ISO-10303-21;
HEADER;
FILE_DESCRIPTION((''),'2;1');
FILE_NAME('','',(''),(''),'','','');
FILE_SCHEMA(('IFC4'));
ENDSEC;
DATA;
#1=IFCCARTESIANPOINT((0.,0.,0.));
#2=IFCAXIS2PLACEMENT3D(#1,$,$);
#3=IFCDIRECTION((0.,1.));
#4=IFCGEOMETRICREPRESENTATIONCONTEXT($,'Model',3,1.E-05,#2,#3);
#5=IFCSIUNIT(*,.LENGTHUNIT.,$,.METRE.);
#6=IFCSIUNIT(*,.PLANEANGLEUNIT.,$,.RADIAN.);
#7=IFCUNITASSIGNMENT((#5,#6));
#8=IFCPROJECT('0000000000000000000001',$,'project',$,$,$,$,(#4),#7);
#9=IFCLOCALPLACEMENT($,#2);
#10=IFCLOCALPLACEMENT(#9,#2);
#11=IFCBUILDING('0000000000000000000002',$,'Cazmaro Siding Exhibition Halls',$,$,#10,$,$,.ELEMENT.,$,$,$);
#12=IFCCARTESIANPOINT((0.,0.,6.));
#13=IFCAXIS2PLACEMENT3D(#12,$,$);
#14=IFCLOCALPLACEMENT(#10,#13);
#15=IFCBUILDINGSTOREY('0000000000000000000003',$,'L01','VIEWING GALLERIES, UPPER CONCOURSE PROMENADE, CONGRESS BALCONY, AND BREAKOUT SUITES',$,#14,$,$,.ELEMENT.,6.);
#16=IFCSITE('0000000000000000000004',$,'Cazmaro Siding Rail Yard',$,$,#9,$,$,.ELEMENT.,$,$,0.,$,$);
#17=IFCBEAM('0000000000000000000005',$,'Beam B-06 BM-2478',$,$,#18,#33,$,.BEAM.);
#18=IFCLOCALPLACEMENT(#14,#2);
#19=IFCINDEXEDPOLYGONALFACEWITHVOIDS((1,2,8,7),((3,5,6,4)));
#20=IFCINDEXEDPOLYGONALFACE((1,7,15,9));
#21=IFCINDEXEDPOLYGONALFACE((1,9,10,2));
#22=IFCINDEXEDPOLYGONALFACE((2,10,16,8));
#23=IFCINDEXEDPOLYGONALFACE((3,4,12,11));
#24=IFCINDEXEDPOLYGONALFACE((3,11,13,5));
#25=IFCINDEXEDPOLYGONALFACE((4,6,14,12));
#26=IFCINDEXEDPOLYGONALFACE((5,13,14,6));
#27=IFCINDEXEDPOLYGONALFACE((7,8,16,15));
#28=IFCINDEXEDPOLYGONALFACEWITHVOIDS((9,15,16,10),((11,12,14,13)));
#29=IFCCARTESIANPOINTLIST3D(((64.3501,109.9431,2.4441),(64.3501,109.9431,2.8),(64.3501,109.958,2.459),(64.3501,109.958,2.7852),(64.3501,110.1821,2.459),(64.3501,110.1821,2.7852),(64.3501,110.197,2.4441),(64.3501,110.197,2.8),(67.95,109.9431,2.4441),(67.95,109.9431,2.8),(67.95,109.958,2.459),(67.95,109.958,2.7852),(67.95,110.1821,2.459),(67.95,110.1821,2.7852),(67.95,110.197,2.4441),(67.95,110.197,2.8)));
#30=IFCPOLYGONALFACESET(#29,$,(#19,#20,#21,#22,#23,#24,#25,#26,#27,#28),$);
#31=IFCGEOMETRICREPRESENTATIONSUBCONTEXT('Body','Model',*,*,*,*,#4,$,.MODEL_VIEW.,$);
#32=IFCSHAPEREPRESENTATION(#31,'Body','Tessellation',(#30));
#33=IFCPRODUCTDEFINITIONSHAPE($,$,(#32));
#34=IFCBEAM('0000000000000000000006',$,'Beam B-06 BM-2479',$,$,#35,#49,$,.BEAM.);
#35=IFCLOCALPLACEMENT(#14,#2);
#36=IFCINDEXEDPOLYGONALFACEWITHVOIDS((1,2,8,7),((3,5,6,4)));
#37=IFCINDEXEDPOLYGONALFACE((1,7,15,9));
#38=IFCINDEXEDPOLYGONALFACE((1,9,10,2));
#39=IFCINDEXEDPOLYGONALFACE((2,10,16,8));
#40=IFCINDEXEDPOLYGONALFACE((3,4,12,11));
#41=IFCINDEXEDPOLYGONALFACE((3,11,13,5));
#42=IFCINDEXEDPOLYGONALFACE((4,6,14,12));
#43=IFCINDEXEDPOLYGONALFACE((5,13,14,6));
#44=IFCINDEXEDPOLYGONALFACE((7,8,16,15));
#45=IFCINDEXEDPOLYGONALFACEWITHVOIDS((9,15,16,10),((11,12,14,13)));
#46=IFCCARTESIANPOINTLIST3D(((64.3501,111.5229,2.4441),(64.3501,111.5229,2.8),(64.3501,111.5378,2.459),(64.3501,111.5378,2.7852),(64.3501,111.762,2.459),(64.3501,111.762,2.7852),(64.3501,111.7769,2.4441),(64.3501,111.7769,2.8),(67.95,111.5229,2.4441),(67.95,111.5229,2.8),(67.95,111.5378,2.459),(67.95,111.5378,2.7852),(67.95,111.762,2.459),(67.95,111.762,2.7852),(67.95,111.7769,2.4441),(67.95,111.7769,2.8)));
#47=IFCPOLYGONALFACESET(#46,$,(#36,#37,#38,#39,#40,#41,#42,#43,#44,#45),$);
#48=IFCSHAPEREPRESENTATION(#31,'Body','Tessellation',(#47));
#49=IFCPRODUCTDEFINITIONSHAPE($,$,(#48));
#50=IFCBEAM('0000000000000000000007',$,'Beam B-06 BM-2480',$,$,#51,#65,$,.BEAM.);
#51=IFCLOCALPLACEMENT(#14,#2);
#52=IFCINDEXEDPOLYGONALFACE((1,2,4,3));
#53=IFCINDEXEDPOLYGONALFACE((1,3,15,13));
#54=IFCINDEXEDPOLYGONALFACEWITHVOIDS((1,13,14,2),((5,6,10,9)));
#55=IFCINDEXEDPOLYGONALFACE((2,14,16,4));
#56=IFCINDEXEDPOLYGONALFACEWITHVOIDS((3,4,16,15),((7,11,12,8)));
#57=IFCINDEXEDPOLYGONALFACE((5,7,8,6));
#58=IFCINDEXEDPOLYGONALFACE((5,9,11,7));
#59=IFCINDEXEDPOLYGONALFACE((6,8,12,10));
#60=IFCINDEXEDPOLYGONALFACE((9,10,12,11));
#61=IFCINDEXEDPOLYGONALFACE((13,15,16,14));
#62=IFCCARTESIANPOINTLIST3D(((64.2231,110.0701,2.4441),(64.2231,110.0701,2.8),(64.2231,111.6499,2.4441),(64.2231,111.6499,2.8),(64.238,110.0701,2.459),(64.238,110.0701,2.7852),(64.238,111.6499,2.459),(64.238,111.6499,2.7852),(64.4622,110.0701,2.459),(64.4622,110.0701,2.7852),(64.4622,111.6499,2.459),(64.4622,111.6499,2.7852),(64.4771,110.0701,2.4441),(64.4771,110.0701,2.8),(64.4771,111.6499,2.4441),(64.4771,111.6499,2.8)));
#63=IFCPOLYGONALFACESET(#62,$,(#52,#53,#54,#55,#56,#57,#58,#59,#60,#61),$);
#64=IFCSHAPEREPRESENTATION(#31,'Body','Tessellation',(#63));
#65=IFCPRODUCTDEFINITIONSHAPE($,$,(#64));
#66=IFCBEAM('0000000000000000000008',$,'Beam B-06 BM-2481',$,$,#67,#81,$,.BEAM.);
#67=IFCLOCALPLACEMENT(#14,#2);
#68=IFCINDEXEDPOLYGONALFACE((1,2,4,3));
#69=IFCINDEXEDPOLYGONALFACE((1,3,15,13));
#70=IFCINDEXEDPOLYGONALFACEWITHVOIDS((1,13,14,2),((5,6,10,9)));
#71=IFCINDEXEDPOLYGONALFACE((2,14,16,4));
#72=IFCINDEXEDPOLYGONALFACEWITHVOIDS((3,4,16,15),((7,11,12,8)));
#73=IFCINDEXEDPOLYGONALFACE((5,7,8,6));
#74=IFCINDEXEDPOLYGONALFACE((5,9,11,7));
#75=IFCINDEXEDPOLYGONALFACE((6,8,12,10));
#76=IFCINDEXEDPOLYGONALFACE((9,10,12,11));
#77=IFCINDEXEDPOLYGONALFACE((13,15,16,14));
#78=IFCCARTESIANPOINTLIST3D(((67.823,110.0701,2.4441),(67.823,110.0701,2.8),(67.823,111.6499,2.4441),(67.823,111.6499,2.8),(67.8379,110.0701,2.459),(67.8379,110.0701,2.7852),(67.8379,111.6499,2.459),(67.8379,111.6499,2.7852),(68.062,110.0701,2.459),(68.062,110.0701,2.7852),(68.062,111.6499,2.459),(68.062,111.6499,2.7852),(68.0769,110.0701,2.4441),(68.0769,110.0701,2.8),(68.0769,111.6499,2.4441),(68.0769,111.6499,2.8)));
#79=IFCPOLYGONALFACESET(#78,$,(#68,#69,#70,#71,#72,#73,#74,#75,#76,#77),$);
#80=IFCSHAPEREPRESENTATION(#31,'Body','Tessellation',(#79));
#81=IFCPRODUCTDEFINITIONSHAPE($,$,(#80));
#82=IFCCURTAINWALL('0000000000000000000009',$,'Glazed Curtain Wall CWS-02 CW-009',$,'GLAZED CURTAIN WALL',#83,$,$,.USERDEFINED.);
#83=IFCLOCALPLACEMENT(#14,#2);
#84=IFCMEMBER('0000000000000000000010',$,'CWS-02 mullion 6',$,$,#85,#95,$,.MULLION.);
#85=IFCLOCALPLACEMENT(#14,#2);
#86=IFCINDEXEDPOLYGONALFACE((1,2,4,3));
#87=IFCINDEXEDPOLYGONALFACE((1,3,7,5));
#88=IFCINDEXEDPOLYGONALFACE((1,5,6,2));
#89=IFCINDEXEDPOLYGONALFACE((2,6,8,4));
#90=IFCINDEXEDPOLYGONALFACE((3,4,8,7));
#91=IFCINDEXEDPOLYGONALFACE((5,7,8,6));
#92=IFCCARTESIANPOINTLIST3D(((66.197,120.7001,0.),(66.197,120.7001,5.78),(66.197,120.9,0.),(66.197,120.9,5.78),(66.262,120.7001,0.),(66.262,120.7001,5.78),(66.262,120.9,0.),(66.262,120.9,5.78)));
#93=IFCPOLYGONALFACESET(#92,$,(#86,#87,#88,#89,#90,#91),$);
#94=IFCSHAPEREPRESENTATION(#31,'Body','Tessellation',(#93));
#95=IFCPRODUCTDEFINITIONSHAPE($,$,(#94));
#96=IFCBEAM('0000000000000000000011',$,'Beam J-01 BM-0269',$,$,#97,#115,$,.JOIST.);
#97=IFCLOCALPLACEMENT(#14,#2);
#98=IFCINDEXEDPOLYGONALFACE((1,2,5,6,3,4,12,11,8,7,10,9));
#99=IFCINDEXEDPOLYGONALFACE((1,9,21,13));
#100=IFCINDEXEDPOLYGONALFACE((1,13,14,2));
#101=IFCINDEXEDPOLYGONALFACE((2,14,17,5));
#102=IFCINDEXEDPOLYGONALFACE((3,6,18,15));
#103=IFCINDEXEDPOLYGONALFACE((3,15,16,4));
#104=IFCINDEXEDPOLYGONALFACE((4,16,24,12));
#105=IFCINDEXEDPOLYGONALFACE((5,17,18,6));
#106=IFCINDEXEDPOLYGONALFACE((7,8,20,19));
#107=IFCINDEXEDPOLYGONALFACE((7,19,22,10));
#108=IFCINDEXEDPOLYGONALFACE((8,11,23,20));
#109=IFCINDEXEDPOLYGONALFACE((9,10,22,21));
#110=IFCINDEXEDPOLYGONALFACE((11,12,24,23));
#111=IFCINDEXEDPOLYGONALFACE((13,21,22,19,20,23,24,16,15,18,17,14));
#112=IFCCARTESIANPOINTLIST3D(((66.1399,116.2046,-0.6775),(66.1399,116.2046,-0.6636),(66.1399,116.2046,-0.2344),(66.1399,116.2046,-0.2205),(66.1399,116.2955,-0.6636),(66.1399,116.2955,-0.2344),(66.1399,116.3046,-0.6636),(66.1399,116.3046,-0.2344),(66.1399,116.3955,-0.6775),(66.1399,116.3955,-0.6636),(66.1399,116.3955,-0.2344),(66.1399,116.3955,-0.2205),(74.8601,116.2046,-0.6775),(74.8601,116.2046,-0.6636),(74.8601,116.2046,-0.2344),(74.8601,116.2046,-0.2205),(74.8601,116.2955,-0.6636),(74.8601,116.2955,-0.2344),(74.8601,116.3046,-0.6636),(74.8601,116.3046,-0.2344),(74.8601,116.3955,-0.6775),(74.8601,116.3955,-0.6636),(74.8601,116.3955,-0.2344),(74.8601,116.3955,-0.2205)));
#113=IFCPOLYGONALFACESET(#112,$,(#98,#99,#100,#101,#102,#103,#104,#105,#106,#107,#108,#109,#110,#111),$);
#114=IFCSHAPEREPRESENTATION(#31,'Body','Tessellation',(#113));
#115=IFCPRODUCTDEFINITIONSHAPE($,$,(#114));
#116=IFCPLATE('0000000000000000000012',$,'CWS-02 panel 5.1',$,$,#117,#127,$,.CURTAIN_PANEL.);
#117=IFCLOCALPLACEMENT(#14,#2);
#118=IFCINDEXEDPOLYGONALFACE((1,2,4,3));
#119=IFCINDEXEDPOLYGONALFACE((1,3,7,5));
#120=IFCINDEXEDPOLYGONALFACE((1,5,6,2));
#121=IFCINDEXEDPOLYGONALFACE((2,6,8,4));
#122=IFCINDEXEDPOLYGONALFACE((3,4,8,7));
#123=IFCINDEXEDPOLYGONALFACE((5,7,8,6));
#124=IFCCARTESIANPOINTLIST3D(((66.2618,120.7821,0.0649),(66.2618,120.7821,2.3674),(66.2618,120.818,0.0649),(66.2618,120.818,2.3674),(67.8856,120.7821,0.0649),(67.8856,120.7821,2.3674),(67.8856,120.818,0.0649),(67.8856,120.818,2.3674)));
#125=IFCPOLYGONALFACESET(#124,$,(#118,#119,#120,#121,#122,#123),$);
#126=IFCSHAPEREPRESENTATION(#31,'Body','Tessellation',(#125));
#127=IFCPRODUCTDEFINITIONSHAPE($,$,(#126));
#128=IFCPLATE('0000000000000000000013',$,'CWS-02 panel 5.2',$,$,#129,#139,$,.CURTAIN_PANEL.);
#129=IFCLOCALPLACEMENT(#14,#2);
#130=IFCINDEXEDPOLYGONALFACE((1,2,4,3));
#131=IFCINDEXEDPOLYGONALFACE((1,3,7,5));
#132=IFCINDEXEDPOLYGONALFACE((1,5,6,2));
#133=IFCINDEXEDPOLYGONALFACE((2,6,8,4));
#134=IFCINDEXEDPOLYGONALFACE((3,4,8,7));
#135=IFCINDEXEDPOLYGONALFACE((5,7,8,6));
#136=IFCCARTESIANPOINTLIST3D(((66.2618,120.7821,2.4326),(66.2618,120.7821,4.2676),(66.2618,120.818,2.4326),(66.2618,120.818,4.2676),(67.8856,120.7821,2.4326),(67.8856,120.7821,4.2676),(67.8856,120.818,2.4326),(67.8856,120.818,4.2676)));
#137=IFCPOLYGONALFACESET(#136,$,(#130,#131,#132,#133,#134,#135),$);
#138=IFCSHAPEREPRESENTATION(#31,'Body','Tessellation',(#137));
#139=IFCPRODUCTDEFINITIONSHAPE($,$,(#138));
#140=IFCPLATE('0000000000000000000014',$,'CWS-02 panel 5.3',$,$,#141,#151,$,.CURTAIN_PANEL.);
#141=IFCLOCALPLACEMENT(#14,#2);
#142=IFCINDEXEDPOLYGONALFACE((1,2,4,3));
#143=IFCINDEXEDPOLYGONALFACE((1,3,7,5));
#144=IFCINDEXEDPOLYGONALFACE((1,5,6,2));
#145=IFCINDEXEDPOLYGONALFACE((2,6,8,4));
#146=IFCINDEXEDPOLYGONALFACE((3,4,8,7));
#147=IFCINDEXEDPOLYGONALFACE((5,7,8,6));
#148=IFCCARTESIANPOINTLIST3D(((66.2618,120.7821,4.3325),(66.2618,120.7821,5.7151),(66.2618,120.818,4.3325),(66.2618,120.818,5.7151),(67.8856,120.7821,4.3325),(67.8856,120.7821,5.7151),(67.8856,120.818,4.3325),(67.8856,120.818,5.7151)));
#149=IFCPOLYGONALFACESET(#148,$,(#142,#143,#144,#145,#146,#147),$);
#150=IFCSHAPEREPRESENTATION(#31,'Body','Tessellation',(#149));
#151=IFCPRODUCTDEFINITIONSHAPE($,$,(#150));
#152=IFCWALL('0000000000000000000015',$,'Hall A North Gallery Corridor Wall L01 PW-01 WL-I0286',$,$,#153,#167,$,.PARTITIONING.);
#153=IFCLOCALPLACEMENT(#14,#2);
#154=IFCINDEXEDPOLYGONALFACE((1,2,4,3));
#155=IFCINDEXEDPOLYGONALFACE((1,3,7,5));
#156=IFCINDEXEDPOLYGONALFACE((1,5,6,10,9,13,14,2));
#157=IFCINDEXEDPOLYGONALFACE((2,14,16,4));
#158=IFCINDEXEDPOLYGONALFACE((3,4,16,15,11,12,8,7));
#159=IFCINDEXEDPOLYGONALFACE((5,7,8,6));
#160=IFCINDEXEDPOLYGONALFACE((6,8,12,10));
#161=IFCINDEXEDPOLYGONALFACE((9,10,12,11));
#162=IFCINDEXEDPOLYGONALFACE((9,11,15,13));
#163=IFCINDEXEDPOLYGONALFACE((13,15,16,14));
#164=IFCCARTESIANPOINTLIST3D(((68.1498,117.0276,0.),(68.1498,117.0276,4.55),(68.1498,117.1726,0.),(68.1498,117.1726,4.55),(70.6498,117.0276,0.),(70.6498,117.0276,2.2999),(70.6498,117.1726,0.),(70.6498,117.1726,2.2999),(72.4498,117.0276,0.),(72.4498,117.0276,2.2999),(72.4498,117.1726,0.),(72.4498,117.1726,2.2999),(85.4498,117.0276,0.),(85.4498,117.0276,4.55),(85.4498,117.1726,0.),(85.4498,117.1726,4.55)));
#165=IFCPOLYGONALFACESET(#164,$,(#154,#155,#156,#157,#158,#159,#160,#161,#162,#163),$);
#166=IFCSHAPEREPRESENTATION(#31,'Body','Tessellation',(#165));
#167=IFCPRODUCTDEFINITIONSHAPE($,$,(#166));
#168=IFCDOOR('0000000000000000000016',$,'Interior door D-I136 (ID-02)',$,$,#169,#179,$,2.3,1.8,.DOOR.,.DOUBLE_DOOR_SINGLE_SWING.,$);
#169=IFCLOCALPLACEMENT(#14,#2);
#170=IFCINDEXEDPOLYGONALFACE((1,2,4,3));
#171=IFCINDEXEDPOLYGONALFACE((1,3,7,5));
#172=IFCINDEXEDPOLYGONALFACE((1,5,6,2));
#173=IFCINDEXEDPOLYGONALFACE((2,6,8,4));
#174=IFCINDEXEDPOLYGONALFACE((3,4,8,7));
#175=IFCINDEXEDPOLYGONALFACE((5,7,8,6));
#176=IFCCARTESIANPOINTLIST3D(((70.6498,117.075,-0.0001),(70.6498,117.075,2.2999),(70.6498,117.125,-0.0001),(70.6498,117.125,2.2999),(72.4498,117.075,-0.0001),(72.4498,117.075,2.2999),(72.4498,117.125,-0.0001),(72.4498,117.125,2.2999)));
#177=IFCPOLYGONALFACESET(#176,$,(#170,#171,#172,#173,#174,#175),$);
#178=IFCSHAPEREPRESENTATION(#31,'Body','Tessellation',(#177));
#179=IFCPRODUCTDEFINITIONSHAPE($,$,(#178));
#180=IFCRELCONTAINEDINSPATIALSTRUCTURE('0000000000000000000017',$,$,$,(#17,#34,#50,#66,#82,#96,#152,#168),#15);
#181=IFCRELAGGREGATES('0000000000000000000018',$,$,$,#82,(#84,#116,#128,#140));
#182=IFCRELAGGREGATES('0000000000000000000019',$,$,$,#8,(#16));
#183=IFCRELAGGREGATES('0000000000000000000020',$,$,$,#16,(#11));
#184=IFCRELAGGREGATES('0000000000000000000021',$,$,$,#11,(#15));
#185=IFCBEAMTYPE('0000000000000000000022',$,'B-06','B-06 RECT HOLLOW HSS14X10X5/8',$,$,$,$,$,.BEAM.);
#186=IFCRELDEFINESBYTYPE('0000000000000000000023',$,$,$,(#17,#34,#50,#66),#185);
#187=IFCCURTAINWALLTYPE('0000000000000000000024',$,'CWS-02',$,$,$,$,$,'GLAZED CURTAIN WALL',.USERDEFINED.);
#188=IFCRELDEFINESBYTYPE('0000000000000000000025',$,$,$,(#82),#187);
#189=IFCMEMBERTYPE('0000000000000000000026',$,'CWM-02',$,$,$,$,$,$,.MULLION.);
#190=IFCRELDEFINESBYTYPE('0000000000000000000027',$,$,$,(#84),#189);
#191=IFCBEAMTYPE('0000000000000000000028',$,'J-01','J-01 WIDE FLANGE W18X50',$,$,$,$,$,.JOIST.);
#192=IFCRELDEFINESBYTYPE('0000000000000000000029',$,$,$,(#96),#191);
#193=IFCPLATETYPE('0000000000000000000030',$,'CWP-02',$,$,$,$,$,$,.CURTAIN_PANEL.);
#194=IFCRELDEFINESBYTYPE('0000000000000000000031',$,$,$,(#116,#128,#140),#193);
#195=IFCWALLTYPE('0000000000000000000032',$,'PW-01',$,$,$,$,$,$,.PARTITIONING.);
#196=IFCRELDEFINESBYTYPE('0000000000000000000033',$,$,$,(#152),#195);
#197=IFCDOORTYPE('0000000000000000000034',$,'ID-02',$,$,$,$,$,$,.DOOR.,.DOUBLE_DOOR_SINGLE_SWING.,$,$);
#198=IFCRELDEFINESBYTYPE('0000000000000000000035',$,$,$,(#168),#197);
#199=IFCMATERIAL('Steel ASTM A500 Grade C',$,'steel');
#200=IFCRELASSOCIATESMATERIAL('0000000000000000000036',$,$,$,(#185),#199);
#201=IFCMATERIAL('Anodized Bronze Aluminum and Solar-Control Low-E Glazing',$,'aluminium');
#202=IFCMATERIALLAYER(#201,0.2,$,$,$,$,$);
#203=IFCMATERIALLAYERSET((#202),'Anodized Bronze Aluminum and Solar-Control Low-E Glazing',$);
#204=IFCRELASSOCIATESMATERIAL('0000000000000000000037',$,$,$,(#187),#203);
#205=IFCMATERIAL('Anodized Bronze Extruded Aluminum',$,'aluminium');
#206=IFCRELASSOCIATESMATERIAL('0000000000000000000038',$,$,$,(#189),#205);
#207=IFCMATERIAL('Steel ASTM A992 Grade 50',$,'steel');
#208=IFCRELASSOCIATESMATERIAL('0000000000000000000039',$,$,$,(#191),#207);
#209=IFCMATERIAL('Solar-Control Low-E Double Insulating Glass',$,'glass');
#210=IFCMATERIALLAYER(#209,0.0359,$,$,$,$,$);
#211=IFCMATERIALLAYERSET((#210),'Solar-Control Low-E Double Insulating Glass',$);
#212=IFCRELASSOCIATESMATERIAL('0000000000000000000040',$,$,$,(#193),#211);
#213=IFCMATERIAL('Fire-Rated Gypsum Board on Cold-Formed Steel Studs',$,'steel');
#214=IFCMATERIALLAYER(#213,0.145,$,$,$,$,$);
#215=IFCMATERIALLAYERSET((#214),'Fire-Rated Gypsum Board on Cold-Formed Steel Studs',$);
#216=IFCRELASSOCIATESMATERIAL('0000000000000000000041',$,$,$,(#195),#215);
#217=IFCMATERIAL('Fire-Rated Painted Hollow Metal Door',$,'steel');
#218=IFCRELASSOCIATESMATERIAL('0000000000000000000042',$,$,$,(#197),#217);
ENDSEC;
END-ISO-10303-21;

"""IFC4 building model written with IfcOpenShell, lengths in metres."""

from ifc_helpers import new_model, si_unit, direction, frame, frame_2d, origin, origin_2d, place, context, subcontext, project, spatial, rectangle, hollow_rectangle, i_section, extrude, material, layer, layer_set, material_profile, profile_set, type_object, element, fill, aggregate, save


model = new_model("IFC4")

# Units and contexts
model_context = context("Model", 3, precision=1e-05, world=origin(), true_north=direction((0.0, 1.0)))
body_context = subcontext(model_context, "Body", "Model", "MODEL_VIEW")
ifc_project = project(units=[si_unit("LENGTHUNIT", "METRE"), si_unit("PLANEANGLEUNIT", "RADIAN")], contexts=[model_context])

# Site, building, storey
site_placement = place(None, origin())
site = spatial("IfcSite", under=ifc_project, at=site_placement, Name="Cazmaro Siding Rail Yard", CompositionType="ELEMENT", RefElevation=0.0)
building_placement = place(site_placement, origin())
building = spatial("IfcBuilding", under=site, at=building_placement, Name="Cazmaro Siding Exhibition Halls", CompositionType="ELEMENT")
storey_placement = place(building_placement, frame((0.0, 0.0, 6.0)))
storey = spatial("IfcBuildingStorey", under=building, at=storey_placement, Name="L01", Description="VIEWING GALLERIES, UPPER CONCOURSE PROMENADE, CONGRESS BALCONY, AND BREAKOUT SUITES", CompositionType="ELEMENT", Elevation=6.0)

# Beams
ifc_material_1 = material(Name="Steel ASTM A500 Grade C", Category="steel")
ifc_material_profile_1 = material_profile(ifc_material_1, hollow_rectangle(XDim=0.2539, YDim=0.356, WallThickness=0.0149, at=origin_2d()), Name="HSS14X10X5/8")
ifc_profile_set_1 = profile_set([ifc_material_profile_1], Name="Steel ASTM A500 Grade C")
beam_type_1 = type_object("IfcBeamType", Name="B-06", Description="B-06 RECT HOLLOW HSS14X10X5/8", PredefinedType="BEAM", material=ifc_profile_set_1)
for number, where, z_axis, x_axis, name in (
    (1, (64.3501, 110.0701, 2.6221), (1.0, 0.0, 0.0), (0.0, 1.0, 0.0), "Beam B-06 BM-2478"),
    (2, (64.3501, 111.6499, 2.6221), (1.0, 0.0, 0.0), (0.0, 1.0, 0.0), "Beam B-06 BM-2479"),
):
    element("IfcBeam", number, at=place(storey_placement, frame(where, z_axis=z_axis, x_axis=x_axis)), inside=storey, type_object=beam_type_1, Name=name, PredefinedType="BEAM", context=body_context, shape_type="SweptSolid", body=[
        extrude(hollow_rectangle(XDim=0.2539, YDim=0.356, WallThickness=0.0149, at=origin_2d()), origin(), (0.0, 0.0, 1.0), 3.5999),
    ])
for number, where, z_axis, x_axis, name in (
    (3, (64.3501, 110.0701, 2.6221), (0.0, 1.0, 0.0), (-1.0, 0.0, 0.0), "Beam B-06 BM-2480"),
    (4, (67.95, 110.0701, 2.6221), (0.0, 1.0, 0.0), (-1.0, 0.0, 0.0), "Beam B-06 BM-2481"),
):
    element("IfcBeam", number, at=place(storey_placement, frame(where, z_axis=z_axis, x_axis=x_axis)), inside=storey, type_object=beam_type_1, Name=name, PredefinedType="BEAM", context=body_context, shape_type="SweptSolid", body=[
        extrude(hollow_rectangle(XDim=0.2539, YDim=0.356, WallThickness=0.0149, at=origin_2d()), origin(), (0.0, 0.0, 1.0), 1.5798),
    ])

# Curtain wall, member
ifc_material_2 = material(Name="Anodized Bronze Aluminum and Solar-Control Low-E Glazing", Category="aluminium")
ifc_layer_1 = layer(ifc_material_2, 0.2)
ifc_layer_set_1 = layer_set([ifc_layer_1], Name="Anodized Bronze Aluminum and Solar-Control Low-E Glazing")
curtain_wall_type = type_object("IfcCurtainWallType", Name="CWS-02", ElementType="GLAZED CURTAIN WALL", PredefinedType="USERDEFINED", material=ifc_layer_set_1)
curtain_wall_placement = place(storey_placement, origin())
curtain_wall = element("IfcCurtainWall", 5, at=curtain_wall_placement, inside=storey, type_object=curtain_wall_type, Name="Glazed Curtain Wall CWS-02 CW-009", ObjectType="GLAZED CURTAIN WALL", PredefinedType="USERDEFINED")
ifc_material_3 = material(Name="Anodized Bronze Extruded Aluminum", Category="aluminium")
ifc_material_profile_2 = material_profile(ifc_material_3, rectangle(XDim=0.2, YDim=0.0649, at=origin_2d()), Name="CWM-02")
ifc_profile_set_2 = profile_set([ifc_material_profile_2], Name="Anodized Bronze Extruded Aluminum")
member_type = type_object("IfcMemberType", Name="CWM-02", PredefinedType="MULLION", material=ifc_profile_set_2)
member_placement = place(storey_placement, frame((66.2295, 120.8, 0.0), z_axis=(0.0, 0.0, 1.0), x_axis=(0.0, -1.0, 0.0)))
member = element("IfcMember", 6, at=member_placement, type_object=member_type, Name="CWS-02 mullion 6", PredefinedType="MULLION", context=body_context, shape_type="SweptSolid", body=[
    extrude(rectangle(XDim=0.2, YDim=0.0649, at=origin_2d()), origin(), (0.0, 0.0, 1.0), 5.78),
])

# Beam
ifc_material_4 = material(Name="Steel ASTM A992 Grade 50", Category="steel")
ifc_material_profile_3 = material_profile(ifc_material_4, i_section(OverallWidth=0.1909, OverallDepth=0.457, WebThickness=0.009, FlangeThickness=0.0139, at=origin_2d()), Name="W18X50")
ifc_profile_set_3 = profile_set([ifc_material_profile_3], Name="Steel ASTM A992 Grade 50")
beam_type_2 = type_object("IfcBeamType", Name="J-01", Description="J-01 WIDE FLANGE W18X50", PredefinedType="JOIST", material=ifc_profile_set_3)
beam_1_placement = place(storey_placement, frame((66.1399, 116.3, -0.449), z_axis=(1.0, 0.0, 0.0), x_axis=(0.0, 1.0, 0.0)))
element("IfcBeam", 7, at=beam_1_placement, inside=storey, type_object=beam_type_2, Name="Beam J-01 BM-0269", PredefinedType="JOIST", context=body_context, shape_type="SweptSolid", body=[
    extrude(i_section(OverallWidth=0.1909, OverallDepth=0.457, WebThickness=0.009, FlangeThickness=0.0139, at=origin_2d()), origin(), (0.0, 0.0, 1.0), 8.7202),
])

# Plates
ifc_material_5 = material(Name="Solar-Control Low-E Double Insulating Glass", Category="glass")
ifc_layer_2 = layer(ifc_material_5, 0.0359)
ifc_layer_set_2 = layer_set([ifc_layer_2], Name="Solar-Control Low-E Double Insulating Glass")
plate_type = type_object("IfcPlateType", Name="CWP-02", PredefinedType="CURTAIN_PANEL", material=ifc_layer_set_2)
plate_1_placement = place(storey_placement, frame((67.0737, 120.8, 0.0649), z_axis=(0.0, 0.0, 1.0), x_axis=(-1.0, 0.0, 0.0)))
plate_1 = element("IfcPlate", 8, at=plate_1_placement, type_object=plate_type, Name="CWS-02 panel 5.1", PredefinedType="CURTAIN_PANEL", context=body_context, shape_type="SweptSolid", body=[
    extrude(rectangle(XDim=1.6238, YDim=0.0359, at=origin_2d()), origin(), (0.0, 0.0, 1.0), 2.3025),
])
plate_2_placement = place(storey_placement, frame((67.0737, 120.8, 2.4326), z_axis=(0.0, 0.0, 1.0), x_axis=(-1.0, 0.0, 0.0)))
plate_2 = element("IfcPlate", 9, at=plate_2_placement, type_object=plate_type, Name="CWS-02 panel 5.2", PredefinedType="CURTAIN_PANEL", context=body_context, shape_type="SweptSolid", body=[
    extrude(rectangle(XDim=1.6238, YDim=0.0359, at=origin_2d()), origin(), (0.0, 0.0, 1.0), 1.835),
])
plate_3_placement = place(storey_placement, frame((67.0737, 120.8, 4.3325), z_axis=(0.0, 0.0, 1.0), x_axis=(-1.0, 0.0, 0.0)))
plate_3 = element("IfcPlate", 10, at=plate_3_placement, type_object=plate_type, Name="CWS-02 panel 5.3", PredefinedType="CURTAIN_PANEL", context=body_context, shape_type="SweptSolid", body=[
    extrude(rectangle(XDim=1.6238, YDim=0.0359, at=origin_2d()), origin(), (0.0, 0.0, 1.0), 1.3826),
])
aggregate(curtain_wall, [member, plate_1, plate_2, plate_3])

# Wall, opening, door
ifc_material_6 = material(Name="Fire-Rated Gypsum Board on Cold-Formed Steel Studs", Category="steel")
ifc_layer_3 = layer(ifc_material_6, 0.145)
ifc_layer_set_3 = layer_set([ifc_layer_3], Name="Fire-Rated Gypsum Board on Cold-Formed Steel Studs")
wall_type_1 = type_object("IfcWallType", Name="PW-01", PredefinedType="PARTITIONING", material=ifc_layer_set_3)
wall_1_placement = place(storey_placement, frame((68.1499, 117.1001, 0.0), z_axis=(0.0, 0.0, 1.0), x_axis=(1.0, 0.0, 0.0)))
wall_1 = element("IfcWall", 11, at=wall_1_placement, inside=storey, type_object=wall_type_1, Name="Hall A North Gallery Corridor Wall L01 PW-01 WL-I0286", PredefinedType="PARTITIONING", context=body_context, shape_type="SweptSolid", body=[
    extrude(rectangle(XDim=17.3, YDim=0.145, at=frame_2d((8.6499, 0.0))), origin(), (0.0, 0.0, 1.0), 4.55),
])
opening_placement = place(wall_1_placement, frame((2.5, 0.0, 0.0)))
opening = element("IfcOpeningElement", 12, at=opening_placement, cuts=wall_1, PredefinedType="OPENING", context=body_context, shape_type="SweptSolid", body=[
    extrude(rectangle(XDim=1.8, YDim=2.3, at=frame_2d((0.8999, 1.1499))), frame((0.0, 0.0825, 0.0), z_axis=(0.0, -1.0, 0.0), x_axis=(1.0, 0.0, 0.0)), (0.0, 0.0, 1.0), 0.165),
])
ifc_material_7 = material(Name="Fire-Rated Painted Hollow Metal Door", Category="steel")
door_type = type_object("IfcDoorType", Name="ID-02", OperationType="DOUBLE_DOOR_SINGLE_SWING", PredefinedType="DOOR", material=ifc_material_7)
door_placement = place(opening_placement, origin())
door = element("IfcDoor", 13, at=door_placement, inside=storey, type_object=door_type, Name="Interior door D-I136 (ID-02)", OperationType="DOUBLE_DOOR_SINGLE_SWING", OverallHeight=2.3, OverallWidth=1.8, PredefinedType="DOOR", context=body_context, shape_type="SweptSolid", body=[
    extrude(rectangle(XDim=1.8, YDim=2.3, at=frame_2d((0.8999, 1.1499))), frame((0.0, 0.0249, 0.0), z_axis=(0.0, -1.0, 0.0), x_axis=(1.0, 0.0, 0.0)), (0.0, 0.0, 1.0), 0.05),
])
fill(opening, door)

save(model, "model.ifc")
